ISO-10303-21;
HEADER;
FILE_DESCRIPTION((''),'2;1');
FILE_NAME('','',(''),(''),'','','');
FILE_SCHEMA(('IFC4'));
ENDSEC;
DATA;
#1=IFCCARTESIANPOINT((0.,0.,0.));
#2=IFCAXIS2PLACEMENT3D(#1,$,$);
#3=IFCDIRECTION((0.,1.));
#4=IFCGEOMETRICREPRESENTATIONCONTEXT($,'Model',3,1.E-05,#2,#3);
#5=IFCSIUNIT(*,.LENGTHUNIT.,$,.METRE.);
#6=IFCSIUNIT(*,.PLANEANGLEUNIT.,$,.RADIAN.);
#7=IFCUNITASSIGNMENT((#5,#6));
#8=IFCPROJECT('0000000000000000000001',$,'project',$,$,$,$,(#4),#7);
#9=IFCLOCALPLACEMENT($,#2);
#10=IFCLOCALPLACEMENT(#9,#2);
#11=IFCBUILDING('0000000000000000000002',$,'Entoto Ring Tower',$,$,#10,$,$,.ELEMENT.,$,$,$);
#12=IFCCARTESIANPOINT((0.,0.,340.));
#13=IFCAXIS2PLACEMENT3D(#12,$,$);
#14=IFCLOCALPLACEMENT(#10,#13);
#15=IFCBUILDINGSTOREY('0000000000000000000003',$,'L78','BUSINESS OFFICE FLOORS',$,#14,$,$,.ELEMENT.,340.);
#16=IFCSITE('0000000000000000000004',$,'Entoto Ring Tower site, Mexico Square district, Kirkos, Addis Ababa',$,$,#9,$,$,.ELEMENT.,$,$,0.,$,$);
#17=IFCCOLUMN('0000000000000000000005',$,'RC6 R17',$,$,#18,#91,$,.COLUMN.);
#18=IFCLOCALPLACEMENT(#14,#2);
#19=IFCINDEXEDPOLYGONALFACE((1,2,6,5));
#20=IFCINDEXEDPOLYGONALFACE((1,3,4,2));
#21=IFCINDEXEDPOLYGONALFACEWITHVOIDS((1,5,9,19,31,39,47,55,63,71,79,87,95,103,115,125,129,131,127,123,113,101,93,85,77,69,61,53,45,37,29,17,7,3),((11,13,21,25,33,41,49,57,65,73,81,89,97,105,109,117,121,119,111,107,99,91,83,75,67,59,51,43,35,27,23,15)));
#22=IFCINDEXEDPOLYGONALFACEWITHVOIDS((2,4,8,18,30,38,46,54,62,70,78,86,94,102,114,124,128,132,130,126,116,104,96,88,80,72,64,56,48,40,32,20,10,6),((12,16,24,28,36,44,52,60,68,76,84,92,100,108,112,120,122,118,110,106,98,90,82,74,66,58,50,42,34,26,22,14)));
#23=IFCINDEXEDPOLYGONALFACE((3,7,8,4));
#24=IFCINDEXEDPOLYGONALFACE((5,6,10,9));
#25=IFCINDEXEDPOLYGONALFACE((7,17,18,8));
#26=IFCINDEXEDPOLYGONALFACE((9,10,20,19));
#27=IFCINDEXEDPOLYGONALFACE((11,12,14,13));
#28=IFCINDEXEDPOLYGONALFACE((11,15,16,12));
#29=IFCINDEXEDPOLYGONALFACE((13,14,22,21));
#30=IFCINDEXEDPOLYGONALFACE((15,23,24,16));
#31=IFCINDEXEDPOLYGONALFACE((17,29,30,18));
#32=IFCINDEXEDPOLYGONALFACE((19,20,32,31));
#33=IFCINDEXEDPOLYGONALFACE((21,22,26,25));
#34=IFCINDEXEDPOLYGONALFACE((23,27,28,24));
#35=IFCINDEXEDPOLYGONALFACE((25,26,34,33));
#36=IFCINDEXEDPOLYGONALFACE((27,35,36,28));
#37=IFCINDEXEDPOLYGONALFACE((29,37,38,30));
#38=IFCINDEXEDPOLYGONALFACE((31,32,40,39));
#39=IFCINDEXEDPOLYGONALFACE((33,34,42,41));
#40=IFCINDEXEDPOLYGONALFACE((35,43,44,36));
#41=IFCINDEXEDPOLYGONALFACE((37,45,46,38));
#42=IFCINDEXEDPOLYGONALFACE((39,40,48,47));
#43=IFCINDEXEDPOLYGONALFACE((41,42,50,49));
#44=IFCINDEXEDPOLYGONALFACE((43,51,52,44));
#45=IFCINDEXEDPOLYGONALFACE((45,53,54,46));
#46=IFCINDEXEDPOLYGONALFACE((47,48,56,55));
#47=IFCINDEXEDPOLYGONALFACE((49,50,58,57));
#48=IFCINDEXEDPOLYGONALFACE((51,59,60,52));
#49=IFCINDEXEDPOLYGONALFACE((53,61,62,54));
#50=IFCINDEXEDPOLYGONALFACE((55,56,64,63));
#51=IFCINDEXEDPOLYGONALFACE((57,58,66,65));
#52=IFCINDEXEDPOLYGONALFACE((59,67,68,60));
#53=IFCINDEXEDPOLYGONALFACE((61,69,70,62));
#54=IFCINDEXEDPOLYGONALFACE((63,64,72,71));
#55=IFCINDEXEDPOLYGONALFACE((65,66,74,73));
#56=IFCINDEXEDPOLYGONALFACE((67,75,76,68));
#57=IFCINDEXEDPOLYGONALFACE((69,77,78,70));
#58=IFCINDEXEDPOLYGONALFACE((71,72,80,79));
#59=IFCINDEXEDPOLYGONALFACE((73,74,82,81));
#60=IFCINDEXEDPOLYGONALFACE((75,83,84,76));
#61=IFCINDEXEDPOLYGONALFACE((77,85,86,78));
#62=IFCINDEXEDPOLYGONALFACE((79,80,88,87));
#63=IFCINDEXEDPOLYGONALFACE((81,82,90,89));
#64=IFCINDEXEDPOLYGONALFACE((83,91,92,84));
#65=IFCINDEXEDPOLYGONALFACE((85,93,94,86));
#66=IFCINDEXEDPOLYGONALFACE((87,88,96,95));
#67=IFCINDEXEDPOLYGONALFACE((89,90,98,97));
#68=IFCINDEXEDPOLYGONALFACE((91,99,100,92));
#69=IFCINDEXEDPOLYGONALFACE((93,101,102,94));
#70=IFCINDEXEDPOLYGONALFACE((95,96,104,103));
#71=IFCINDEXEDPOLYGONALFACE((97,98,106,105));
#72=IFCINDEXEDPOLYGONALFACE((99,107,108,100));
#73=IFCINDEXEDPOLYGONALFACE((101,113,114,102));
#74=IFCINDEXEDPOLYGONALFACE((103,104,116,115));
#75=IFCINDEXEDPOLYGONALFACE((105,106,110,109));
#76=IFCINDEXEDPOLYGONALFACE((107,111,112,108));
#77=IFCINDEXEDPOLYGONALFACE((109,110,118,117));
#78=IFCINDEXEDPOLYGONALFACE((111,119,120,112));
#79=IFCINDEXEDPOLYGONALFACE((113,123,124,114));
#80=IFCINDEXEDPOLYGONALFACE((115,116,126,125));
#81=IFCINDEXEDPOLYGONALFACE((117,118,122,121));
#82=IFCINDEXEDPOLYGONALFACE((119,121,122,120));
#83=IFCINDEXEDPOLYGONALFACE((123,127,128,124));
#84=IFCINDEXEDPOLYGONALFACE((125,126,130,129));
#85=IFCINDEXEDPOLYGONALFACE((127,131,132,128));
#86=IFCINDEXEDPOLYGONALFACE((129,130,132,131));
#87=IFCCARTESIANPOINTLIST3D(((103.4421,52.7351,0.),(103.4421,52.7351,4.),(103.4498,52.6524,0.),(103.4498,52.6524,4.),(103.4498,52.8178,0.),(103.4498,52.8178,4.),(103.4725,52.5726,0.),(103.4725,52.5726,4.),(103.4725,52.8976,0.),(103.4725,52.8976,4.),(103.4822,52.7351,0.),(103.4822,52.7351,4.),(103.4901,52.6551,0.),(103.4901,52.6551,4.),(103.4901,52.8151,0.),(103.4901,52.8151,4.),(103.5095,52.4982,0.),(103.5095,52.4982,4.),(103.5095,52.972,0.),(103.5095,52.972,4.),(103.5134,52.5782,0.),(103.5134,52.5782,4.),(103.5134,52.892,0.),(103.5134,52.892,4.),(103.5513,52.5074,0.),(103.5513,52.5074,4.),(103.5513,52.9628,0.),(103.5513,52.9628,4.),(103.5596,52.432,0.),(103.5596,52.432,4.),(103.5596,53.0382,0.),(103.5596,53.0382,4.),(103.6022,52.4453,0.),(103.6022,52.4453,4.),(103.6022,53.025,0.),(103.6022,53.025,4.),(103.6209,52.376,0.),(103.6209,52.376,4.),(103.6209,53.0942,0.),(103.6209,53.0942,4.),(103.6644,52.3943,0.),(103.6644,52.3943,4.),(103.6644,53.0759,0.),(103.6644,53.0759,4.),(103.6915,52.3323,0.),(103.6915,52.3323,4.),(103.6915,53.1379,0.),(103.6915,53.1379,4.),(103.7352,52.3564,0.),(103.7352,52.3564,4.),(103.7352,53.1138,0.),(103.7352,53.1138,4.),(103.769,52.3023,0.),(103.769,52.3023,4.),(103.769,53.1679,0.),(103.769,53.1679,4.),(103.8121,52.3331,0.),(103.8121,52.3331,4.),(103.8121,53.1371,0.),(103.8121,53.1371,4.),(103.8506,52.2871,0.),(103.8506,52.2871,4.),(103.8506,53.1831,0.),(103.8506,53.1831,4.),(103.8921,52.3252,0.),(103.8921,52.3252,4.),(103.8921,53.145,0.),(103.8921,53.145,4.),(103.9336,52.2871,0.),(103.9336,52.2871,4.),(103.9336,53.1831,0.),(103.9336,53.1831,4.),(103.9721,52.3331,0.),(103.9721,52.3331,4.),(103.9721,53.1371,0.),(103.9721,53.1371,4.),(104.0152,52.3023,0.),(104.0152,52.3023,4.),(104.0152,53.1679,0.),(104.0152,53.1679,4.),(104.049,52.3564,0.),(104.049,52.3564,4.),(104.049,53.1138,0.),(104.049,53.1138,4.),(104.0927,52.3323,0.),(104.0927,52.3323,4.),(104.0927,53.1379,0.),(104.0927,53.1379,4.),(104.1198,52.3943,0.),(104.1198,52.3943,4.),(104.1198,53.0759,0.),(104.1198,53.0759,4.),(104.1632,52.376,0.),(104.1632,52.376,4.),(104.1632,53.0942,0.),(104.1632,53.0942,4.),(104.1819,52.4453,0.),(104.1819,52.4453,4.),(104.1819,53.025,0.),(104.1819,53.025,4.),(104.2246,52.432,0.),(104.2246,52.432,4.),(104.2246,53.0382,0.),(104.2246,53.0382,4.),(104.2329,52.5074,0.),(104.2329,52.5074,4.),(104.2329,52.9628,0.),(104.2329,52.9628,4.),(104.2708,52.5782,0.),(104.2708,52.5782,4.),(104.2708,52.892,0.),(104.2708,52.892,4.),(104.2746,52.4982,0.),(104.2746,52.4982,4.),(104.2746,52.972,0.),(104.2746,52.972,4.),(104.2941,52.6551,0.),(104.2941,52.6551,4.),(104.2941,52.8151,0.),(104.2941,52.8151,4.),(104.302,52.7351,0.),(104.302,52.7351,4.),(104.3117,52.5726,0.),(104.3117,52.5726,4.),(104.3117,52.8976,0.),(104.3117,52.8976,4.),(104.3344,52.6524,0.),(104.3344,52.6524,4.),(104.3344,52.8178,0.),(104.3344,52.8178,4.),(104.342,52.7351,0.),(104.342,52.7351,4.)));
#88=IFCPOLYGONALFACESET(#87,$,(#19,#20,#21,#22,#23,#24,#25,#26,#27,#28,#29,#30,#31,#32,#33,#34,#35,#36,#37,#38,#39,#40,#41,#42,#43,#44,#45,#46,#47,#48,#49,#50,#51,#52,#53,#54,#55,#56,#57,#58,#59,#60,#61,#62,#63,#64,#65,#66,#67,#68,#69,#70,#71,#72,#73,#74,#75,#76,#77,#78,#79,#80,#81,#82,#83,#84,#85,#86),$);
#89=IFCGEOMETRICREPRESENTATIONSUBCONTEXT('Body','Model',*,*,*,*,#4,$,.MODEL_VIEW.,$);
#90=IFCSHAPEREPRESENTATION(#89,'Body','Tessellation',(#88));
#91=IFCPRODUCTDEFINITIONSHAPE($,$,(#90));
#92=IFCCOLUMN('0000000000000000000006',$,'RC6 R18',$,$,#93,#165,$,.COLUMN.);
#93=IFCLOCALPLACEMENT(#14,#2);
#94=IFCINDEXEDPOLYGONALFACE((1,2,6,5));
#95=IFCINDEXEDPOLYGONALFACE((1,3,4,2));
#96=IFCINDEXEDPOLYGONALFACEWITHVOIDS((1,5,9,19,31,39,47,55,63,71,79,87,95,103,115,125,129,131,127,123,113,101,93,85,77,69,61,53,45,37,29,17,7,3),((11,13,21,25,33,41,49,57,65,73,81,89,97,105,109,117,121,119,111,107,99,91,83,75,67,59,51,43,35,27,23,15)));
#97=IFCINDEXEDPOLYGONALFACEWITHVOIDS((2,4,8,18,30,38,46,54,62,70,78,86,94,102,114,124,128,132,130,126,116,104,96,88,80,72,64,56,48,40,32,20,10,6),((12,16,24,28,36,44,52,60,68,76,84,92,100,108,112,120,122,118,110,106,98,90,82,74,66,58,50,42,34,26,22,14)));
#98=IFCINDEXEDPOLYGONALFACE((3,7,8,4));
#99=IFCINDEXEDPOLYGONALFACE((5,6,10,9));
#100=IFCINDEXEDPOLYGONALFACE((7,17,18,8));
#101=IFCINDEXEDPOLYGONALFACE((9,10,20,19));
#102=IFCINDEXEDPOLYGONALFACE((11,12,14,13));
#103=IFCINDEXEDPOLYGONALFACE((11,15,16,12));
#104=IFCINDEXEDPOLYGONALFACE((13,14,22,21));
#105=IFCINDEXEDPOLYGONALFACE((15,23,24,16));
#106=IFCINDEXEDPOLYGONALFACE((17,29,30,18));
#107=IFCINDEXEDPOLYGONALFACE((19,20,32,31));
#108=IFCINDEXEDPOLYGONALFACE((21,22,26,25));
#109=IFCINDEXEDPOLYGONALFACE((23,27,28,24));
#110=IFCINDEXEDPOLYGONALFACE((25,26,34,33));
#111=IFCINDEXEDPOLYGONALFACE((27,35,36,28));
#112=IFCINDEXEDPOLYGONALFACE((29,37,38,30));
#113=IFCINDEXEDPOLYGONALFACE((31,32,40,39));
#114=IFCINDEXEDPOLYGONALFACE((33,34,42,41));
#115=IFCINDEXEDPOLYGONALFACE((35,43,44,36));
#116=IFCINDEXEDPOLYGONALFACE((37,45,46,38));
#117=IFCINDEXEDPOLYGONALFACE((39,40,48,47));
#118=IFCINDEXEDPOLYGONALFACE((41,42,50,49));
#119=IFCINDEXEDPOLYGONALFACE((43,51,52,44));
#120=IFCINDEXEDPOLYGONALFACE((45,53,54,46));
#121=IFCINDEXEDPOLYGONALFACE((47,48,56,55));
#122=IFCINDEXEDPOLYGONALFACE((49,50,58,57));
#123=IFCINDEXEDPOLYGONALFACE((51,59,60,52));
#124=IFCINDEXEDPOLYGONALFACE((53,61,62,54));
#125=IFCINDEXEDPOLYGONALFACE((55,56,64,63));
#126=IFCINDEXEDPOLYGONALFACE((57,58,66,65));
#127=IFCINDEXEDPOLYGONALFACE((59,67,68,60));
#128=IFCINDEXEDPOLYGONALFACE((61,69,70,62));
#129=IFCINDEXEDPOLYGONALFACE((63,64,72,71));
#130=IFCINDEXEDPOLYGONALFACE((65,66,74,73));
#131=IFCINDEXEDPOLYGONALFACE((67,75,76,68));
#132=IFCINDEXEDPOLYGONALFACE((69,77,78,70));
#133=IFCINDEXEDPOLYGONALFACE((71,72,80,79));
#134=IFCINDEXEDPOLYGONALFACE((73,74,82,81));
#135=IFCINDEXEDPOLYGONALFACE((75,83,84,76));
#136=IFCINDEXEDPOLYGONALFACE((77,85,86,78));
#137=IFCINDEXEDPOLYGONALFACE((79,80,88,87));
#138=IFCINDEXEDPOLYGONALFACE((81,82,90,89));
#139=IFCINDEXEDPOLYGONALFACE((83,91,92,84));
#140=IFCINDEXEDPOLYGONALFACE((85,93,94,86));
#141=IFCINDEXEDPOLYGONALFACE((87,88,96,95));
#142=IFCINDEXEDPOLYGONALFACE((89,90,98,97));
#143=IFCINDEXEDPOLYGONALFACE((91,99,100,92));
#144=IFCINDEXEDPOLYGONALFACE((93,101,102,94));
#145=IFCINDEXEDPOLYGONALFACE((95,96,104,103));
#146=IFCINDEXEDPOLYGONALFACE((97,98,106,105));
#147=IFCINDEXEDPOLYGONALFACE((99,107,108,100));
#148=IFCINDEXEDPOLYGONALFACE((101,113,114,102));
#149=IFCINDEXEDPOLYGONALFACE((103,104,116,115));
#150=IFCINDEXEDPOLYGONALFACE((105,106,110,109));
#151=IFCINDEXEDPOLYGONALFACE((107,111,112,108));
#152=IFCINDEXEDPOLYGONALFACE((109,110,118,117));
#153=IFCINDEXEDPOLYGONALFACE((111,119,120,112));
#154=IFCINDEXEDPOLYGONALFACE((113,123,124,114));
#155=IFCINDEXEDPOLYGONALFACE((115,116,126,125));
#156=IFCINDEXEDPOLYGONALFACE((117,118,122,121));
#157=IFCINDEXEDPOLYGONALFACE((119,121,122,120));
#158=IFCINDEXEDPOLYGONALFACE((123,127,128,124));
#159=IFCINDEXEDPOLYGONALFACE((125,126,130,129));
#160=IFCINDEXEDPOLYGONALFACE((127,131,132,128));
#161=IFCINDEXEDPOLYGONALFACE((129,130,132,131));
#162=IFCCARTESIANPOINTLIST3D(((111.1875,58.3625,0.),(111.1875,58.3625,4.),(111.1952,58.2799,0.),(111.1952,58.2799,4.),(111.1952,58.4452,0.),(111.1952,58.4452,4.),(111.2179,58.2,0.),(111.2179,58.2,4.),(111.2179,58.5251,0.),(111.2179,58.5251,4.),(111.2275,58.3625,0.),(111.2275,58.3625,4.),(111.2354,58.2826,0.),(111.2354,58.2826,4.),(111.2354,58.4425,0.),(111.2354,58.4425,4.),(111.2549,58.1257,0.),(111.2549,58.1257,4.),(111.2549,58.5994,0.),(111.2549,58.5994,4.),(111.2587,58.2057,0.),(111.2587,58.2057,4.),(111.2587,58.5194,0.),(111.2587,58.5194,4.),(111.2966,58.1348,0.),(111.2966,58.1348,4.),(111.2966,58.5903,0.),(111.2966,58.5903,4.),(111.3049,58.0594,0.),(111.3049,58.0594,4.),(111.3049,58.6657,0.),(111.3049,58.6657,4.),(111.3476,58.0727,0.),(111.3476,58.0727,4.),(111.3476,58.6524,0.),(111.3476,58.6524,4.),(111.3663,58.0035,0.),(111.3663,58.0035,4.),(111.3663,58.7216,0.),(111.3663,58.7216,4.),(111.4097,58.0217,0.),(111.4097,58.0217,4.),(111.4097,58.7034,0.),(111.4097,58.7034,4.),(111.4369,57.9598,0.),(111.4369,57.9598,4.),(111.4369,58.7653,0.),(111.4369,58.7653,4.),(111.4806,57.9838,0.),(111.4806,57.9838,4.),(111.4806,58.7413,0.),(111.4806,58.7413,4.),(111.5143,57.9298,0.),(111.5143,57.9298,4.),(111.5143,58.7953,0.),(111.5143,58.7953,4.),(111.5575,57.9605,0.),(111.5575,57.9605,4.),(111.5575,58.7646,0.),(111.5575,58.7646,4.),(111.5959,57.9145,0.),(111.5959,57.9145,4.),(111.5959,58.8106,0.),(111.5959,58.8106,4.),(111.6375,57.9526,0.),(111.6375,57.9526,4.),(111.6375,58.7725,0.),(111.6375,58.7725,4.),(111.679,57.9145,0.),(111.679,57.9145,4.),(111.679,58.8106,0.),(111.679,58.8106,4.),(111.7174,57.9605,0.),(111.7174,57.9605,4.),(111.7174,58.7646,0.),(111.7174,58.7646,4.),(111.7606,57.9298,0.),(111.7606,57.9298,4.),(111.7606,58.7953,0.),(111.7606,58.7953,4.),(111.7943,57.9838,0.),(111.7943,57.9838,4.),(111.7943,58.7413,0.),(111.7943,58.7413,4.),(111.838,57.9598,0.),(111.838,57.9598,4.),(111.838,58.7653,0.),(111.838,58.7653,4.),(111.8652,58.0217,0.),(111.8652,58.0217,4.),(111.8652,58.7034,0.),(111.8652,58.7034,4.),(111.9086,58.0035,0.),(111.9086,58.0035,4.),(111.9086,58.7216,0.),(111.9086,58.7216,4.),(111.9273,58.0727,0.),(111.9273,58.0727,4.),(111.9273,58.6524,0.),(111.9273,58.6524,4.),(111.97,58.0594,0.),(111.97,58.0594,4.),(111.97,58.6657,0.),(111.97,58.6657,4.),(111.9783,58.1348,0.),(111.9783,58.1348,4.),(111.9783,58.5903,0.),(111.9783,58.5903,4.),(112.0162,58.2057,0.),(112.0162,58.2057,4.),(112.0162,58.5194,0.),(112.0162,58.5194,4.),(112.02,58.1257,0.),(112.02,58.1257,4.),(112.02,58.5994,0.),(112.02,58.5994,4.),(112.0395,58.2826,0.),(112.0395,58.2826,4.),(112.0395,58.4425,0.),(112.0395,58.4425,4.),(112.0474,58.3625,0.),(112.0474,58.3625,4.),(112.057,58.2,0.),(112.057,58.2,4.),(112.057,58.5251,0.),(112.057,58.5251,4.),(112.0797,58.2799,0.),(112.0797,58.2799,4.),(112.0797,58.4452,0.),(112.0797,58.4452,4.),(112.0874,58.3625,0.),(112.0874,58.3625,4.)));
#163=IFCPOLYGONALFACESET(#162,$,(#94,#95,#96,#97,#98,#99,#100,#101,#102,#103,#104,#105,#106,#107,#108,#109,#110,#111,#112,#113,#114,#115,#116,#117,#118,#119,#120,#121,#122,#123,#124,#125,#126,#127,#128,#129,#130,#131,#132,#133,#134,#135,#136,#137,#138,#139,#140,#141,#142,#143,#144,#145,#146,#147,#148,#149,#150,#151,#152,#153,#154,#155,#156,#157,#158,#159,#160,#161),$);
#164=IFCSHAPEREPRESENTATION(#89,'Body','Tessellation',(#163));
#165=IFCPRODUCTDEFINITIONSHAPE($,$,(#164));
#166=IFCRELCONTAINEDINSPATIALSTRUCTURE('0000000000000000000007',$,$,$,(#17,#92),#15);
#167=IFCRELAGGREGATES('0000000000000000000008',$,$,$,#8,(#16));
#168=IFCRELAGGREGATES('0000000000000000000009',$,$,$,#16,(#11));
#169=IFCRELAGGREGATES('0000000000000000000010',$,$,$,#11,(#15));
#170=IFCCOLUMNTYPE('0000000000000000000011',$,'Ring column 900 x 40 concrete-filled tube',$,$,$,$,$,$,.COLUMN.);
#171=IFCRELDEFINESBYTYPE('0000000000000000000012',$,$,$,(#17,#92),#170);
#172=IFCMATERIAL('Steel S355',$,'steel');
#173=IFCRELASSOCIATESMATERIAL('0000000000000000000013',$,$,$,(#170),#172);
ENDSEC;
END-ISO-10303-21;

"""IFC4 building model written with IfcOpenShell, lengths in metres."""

from ifc_helpers import new_model, si_unit, direction, frame, origin, origin_2d, place, context, subcontext, project, spatial, circle, hollow_circle, extrude, material, material_profile, profile_set, type_object, element, save


model = new_model("IFC4")

# Units and contexts
model_context = context("Model", 3, precision=1e-05, world=origin(), true_north=direction((0.0, 1.0)))
body_context = subcontext(model_context, "Body", "Model", "MODEL_VIEW")
ifc_project = project(units=[si_unit("LENGTHUNIT", "METRE"), si_unit("PLANEANGLEUNIT", "RADIAN")], contexts=[model_context])

# Site, building, storey
site_placement = place(None, origin())
site = spatial("IfcSite", under=ifc_project, at=site_placement, Name="Entoto Ring Tower site, Mexico Square district, Kirkos, Addis Ababa", CompositionType="ELEMENT", RefElevation=0.0)
building_placement = place(site_placement, origin())
building = spatial("IfcBuilding", under=site, at=building_placement, Name="Entoto Ring Tower", CompositionType="ELEMENT")
storey_placement = place(building_placement, frame((0.0, 0.0, 340.0)))
storey = spatial("IfcBuildingStorey", under=building, at=storey_placement, Name="L78", Description="BUSINESS OFFICE FLOORS", CompositionType="ELEMENT", Elevation=340.0)

# Columns
ifc_material_1 = material(Name="Steel S355", Category="steel")
ifc_material_profile_1 = material_profile(ifc_material_1, hollow_circle(Radius=0.45, WallThickness=0.04, at=origin_2d()), Name="CHS 900 x 40")
ifc_material_2 = material(Name="Concrete C60/75", Category="concrete")
ifc_material_profile_2 = material_profile(ifc_material_2, circle(Radius=0.4099, at=origin_2d()), Name="Concrete C60/75 infill")
ifc_profile_set_1 = profile_set([ifc_material_profile_1, ifc_material_profile_2], Name="Steel S355")
column_type = type_object("IfcColumnType", Name="Ring column 900 x 40 concrete-filled tube", PredefinedType="COLUMN", material=ifc_profile_set_1)
for number, where, z_axis, x_axis, name in (
    (1, (103.8921, 52.7351, 0.0), (0.0, 0.0, 1.0), (1.0, 0.0, 0.0), "RC6 R17"),
    (2, (111.6375, 58.3625, 0.0), (0.0, 0.0, 1.0), (1.0, 0.0, 0.0), "RC6 R18"),
):
    element("IfcColumn", number, at=place(storey_placement, frame(where, z_axis=z_axis, x_axis=x_axis)), inside=storey, type_object=column_type, Name=name, PredefinedType="COLUMN", context=body_context, shape_type="SweptSolid", body=[
        extrude(hollow_circle(Radius=0.45, WallThickness=0.04, at=origin_2d()), origin(), (0.0, 0.0, 1.0), 4.0),
    ])

save(model, "model.ifc")
